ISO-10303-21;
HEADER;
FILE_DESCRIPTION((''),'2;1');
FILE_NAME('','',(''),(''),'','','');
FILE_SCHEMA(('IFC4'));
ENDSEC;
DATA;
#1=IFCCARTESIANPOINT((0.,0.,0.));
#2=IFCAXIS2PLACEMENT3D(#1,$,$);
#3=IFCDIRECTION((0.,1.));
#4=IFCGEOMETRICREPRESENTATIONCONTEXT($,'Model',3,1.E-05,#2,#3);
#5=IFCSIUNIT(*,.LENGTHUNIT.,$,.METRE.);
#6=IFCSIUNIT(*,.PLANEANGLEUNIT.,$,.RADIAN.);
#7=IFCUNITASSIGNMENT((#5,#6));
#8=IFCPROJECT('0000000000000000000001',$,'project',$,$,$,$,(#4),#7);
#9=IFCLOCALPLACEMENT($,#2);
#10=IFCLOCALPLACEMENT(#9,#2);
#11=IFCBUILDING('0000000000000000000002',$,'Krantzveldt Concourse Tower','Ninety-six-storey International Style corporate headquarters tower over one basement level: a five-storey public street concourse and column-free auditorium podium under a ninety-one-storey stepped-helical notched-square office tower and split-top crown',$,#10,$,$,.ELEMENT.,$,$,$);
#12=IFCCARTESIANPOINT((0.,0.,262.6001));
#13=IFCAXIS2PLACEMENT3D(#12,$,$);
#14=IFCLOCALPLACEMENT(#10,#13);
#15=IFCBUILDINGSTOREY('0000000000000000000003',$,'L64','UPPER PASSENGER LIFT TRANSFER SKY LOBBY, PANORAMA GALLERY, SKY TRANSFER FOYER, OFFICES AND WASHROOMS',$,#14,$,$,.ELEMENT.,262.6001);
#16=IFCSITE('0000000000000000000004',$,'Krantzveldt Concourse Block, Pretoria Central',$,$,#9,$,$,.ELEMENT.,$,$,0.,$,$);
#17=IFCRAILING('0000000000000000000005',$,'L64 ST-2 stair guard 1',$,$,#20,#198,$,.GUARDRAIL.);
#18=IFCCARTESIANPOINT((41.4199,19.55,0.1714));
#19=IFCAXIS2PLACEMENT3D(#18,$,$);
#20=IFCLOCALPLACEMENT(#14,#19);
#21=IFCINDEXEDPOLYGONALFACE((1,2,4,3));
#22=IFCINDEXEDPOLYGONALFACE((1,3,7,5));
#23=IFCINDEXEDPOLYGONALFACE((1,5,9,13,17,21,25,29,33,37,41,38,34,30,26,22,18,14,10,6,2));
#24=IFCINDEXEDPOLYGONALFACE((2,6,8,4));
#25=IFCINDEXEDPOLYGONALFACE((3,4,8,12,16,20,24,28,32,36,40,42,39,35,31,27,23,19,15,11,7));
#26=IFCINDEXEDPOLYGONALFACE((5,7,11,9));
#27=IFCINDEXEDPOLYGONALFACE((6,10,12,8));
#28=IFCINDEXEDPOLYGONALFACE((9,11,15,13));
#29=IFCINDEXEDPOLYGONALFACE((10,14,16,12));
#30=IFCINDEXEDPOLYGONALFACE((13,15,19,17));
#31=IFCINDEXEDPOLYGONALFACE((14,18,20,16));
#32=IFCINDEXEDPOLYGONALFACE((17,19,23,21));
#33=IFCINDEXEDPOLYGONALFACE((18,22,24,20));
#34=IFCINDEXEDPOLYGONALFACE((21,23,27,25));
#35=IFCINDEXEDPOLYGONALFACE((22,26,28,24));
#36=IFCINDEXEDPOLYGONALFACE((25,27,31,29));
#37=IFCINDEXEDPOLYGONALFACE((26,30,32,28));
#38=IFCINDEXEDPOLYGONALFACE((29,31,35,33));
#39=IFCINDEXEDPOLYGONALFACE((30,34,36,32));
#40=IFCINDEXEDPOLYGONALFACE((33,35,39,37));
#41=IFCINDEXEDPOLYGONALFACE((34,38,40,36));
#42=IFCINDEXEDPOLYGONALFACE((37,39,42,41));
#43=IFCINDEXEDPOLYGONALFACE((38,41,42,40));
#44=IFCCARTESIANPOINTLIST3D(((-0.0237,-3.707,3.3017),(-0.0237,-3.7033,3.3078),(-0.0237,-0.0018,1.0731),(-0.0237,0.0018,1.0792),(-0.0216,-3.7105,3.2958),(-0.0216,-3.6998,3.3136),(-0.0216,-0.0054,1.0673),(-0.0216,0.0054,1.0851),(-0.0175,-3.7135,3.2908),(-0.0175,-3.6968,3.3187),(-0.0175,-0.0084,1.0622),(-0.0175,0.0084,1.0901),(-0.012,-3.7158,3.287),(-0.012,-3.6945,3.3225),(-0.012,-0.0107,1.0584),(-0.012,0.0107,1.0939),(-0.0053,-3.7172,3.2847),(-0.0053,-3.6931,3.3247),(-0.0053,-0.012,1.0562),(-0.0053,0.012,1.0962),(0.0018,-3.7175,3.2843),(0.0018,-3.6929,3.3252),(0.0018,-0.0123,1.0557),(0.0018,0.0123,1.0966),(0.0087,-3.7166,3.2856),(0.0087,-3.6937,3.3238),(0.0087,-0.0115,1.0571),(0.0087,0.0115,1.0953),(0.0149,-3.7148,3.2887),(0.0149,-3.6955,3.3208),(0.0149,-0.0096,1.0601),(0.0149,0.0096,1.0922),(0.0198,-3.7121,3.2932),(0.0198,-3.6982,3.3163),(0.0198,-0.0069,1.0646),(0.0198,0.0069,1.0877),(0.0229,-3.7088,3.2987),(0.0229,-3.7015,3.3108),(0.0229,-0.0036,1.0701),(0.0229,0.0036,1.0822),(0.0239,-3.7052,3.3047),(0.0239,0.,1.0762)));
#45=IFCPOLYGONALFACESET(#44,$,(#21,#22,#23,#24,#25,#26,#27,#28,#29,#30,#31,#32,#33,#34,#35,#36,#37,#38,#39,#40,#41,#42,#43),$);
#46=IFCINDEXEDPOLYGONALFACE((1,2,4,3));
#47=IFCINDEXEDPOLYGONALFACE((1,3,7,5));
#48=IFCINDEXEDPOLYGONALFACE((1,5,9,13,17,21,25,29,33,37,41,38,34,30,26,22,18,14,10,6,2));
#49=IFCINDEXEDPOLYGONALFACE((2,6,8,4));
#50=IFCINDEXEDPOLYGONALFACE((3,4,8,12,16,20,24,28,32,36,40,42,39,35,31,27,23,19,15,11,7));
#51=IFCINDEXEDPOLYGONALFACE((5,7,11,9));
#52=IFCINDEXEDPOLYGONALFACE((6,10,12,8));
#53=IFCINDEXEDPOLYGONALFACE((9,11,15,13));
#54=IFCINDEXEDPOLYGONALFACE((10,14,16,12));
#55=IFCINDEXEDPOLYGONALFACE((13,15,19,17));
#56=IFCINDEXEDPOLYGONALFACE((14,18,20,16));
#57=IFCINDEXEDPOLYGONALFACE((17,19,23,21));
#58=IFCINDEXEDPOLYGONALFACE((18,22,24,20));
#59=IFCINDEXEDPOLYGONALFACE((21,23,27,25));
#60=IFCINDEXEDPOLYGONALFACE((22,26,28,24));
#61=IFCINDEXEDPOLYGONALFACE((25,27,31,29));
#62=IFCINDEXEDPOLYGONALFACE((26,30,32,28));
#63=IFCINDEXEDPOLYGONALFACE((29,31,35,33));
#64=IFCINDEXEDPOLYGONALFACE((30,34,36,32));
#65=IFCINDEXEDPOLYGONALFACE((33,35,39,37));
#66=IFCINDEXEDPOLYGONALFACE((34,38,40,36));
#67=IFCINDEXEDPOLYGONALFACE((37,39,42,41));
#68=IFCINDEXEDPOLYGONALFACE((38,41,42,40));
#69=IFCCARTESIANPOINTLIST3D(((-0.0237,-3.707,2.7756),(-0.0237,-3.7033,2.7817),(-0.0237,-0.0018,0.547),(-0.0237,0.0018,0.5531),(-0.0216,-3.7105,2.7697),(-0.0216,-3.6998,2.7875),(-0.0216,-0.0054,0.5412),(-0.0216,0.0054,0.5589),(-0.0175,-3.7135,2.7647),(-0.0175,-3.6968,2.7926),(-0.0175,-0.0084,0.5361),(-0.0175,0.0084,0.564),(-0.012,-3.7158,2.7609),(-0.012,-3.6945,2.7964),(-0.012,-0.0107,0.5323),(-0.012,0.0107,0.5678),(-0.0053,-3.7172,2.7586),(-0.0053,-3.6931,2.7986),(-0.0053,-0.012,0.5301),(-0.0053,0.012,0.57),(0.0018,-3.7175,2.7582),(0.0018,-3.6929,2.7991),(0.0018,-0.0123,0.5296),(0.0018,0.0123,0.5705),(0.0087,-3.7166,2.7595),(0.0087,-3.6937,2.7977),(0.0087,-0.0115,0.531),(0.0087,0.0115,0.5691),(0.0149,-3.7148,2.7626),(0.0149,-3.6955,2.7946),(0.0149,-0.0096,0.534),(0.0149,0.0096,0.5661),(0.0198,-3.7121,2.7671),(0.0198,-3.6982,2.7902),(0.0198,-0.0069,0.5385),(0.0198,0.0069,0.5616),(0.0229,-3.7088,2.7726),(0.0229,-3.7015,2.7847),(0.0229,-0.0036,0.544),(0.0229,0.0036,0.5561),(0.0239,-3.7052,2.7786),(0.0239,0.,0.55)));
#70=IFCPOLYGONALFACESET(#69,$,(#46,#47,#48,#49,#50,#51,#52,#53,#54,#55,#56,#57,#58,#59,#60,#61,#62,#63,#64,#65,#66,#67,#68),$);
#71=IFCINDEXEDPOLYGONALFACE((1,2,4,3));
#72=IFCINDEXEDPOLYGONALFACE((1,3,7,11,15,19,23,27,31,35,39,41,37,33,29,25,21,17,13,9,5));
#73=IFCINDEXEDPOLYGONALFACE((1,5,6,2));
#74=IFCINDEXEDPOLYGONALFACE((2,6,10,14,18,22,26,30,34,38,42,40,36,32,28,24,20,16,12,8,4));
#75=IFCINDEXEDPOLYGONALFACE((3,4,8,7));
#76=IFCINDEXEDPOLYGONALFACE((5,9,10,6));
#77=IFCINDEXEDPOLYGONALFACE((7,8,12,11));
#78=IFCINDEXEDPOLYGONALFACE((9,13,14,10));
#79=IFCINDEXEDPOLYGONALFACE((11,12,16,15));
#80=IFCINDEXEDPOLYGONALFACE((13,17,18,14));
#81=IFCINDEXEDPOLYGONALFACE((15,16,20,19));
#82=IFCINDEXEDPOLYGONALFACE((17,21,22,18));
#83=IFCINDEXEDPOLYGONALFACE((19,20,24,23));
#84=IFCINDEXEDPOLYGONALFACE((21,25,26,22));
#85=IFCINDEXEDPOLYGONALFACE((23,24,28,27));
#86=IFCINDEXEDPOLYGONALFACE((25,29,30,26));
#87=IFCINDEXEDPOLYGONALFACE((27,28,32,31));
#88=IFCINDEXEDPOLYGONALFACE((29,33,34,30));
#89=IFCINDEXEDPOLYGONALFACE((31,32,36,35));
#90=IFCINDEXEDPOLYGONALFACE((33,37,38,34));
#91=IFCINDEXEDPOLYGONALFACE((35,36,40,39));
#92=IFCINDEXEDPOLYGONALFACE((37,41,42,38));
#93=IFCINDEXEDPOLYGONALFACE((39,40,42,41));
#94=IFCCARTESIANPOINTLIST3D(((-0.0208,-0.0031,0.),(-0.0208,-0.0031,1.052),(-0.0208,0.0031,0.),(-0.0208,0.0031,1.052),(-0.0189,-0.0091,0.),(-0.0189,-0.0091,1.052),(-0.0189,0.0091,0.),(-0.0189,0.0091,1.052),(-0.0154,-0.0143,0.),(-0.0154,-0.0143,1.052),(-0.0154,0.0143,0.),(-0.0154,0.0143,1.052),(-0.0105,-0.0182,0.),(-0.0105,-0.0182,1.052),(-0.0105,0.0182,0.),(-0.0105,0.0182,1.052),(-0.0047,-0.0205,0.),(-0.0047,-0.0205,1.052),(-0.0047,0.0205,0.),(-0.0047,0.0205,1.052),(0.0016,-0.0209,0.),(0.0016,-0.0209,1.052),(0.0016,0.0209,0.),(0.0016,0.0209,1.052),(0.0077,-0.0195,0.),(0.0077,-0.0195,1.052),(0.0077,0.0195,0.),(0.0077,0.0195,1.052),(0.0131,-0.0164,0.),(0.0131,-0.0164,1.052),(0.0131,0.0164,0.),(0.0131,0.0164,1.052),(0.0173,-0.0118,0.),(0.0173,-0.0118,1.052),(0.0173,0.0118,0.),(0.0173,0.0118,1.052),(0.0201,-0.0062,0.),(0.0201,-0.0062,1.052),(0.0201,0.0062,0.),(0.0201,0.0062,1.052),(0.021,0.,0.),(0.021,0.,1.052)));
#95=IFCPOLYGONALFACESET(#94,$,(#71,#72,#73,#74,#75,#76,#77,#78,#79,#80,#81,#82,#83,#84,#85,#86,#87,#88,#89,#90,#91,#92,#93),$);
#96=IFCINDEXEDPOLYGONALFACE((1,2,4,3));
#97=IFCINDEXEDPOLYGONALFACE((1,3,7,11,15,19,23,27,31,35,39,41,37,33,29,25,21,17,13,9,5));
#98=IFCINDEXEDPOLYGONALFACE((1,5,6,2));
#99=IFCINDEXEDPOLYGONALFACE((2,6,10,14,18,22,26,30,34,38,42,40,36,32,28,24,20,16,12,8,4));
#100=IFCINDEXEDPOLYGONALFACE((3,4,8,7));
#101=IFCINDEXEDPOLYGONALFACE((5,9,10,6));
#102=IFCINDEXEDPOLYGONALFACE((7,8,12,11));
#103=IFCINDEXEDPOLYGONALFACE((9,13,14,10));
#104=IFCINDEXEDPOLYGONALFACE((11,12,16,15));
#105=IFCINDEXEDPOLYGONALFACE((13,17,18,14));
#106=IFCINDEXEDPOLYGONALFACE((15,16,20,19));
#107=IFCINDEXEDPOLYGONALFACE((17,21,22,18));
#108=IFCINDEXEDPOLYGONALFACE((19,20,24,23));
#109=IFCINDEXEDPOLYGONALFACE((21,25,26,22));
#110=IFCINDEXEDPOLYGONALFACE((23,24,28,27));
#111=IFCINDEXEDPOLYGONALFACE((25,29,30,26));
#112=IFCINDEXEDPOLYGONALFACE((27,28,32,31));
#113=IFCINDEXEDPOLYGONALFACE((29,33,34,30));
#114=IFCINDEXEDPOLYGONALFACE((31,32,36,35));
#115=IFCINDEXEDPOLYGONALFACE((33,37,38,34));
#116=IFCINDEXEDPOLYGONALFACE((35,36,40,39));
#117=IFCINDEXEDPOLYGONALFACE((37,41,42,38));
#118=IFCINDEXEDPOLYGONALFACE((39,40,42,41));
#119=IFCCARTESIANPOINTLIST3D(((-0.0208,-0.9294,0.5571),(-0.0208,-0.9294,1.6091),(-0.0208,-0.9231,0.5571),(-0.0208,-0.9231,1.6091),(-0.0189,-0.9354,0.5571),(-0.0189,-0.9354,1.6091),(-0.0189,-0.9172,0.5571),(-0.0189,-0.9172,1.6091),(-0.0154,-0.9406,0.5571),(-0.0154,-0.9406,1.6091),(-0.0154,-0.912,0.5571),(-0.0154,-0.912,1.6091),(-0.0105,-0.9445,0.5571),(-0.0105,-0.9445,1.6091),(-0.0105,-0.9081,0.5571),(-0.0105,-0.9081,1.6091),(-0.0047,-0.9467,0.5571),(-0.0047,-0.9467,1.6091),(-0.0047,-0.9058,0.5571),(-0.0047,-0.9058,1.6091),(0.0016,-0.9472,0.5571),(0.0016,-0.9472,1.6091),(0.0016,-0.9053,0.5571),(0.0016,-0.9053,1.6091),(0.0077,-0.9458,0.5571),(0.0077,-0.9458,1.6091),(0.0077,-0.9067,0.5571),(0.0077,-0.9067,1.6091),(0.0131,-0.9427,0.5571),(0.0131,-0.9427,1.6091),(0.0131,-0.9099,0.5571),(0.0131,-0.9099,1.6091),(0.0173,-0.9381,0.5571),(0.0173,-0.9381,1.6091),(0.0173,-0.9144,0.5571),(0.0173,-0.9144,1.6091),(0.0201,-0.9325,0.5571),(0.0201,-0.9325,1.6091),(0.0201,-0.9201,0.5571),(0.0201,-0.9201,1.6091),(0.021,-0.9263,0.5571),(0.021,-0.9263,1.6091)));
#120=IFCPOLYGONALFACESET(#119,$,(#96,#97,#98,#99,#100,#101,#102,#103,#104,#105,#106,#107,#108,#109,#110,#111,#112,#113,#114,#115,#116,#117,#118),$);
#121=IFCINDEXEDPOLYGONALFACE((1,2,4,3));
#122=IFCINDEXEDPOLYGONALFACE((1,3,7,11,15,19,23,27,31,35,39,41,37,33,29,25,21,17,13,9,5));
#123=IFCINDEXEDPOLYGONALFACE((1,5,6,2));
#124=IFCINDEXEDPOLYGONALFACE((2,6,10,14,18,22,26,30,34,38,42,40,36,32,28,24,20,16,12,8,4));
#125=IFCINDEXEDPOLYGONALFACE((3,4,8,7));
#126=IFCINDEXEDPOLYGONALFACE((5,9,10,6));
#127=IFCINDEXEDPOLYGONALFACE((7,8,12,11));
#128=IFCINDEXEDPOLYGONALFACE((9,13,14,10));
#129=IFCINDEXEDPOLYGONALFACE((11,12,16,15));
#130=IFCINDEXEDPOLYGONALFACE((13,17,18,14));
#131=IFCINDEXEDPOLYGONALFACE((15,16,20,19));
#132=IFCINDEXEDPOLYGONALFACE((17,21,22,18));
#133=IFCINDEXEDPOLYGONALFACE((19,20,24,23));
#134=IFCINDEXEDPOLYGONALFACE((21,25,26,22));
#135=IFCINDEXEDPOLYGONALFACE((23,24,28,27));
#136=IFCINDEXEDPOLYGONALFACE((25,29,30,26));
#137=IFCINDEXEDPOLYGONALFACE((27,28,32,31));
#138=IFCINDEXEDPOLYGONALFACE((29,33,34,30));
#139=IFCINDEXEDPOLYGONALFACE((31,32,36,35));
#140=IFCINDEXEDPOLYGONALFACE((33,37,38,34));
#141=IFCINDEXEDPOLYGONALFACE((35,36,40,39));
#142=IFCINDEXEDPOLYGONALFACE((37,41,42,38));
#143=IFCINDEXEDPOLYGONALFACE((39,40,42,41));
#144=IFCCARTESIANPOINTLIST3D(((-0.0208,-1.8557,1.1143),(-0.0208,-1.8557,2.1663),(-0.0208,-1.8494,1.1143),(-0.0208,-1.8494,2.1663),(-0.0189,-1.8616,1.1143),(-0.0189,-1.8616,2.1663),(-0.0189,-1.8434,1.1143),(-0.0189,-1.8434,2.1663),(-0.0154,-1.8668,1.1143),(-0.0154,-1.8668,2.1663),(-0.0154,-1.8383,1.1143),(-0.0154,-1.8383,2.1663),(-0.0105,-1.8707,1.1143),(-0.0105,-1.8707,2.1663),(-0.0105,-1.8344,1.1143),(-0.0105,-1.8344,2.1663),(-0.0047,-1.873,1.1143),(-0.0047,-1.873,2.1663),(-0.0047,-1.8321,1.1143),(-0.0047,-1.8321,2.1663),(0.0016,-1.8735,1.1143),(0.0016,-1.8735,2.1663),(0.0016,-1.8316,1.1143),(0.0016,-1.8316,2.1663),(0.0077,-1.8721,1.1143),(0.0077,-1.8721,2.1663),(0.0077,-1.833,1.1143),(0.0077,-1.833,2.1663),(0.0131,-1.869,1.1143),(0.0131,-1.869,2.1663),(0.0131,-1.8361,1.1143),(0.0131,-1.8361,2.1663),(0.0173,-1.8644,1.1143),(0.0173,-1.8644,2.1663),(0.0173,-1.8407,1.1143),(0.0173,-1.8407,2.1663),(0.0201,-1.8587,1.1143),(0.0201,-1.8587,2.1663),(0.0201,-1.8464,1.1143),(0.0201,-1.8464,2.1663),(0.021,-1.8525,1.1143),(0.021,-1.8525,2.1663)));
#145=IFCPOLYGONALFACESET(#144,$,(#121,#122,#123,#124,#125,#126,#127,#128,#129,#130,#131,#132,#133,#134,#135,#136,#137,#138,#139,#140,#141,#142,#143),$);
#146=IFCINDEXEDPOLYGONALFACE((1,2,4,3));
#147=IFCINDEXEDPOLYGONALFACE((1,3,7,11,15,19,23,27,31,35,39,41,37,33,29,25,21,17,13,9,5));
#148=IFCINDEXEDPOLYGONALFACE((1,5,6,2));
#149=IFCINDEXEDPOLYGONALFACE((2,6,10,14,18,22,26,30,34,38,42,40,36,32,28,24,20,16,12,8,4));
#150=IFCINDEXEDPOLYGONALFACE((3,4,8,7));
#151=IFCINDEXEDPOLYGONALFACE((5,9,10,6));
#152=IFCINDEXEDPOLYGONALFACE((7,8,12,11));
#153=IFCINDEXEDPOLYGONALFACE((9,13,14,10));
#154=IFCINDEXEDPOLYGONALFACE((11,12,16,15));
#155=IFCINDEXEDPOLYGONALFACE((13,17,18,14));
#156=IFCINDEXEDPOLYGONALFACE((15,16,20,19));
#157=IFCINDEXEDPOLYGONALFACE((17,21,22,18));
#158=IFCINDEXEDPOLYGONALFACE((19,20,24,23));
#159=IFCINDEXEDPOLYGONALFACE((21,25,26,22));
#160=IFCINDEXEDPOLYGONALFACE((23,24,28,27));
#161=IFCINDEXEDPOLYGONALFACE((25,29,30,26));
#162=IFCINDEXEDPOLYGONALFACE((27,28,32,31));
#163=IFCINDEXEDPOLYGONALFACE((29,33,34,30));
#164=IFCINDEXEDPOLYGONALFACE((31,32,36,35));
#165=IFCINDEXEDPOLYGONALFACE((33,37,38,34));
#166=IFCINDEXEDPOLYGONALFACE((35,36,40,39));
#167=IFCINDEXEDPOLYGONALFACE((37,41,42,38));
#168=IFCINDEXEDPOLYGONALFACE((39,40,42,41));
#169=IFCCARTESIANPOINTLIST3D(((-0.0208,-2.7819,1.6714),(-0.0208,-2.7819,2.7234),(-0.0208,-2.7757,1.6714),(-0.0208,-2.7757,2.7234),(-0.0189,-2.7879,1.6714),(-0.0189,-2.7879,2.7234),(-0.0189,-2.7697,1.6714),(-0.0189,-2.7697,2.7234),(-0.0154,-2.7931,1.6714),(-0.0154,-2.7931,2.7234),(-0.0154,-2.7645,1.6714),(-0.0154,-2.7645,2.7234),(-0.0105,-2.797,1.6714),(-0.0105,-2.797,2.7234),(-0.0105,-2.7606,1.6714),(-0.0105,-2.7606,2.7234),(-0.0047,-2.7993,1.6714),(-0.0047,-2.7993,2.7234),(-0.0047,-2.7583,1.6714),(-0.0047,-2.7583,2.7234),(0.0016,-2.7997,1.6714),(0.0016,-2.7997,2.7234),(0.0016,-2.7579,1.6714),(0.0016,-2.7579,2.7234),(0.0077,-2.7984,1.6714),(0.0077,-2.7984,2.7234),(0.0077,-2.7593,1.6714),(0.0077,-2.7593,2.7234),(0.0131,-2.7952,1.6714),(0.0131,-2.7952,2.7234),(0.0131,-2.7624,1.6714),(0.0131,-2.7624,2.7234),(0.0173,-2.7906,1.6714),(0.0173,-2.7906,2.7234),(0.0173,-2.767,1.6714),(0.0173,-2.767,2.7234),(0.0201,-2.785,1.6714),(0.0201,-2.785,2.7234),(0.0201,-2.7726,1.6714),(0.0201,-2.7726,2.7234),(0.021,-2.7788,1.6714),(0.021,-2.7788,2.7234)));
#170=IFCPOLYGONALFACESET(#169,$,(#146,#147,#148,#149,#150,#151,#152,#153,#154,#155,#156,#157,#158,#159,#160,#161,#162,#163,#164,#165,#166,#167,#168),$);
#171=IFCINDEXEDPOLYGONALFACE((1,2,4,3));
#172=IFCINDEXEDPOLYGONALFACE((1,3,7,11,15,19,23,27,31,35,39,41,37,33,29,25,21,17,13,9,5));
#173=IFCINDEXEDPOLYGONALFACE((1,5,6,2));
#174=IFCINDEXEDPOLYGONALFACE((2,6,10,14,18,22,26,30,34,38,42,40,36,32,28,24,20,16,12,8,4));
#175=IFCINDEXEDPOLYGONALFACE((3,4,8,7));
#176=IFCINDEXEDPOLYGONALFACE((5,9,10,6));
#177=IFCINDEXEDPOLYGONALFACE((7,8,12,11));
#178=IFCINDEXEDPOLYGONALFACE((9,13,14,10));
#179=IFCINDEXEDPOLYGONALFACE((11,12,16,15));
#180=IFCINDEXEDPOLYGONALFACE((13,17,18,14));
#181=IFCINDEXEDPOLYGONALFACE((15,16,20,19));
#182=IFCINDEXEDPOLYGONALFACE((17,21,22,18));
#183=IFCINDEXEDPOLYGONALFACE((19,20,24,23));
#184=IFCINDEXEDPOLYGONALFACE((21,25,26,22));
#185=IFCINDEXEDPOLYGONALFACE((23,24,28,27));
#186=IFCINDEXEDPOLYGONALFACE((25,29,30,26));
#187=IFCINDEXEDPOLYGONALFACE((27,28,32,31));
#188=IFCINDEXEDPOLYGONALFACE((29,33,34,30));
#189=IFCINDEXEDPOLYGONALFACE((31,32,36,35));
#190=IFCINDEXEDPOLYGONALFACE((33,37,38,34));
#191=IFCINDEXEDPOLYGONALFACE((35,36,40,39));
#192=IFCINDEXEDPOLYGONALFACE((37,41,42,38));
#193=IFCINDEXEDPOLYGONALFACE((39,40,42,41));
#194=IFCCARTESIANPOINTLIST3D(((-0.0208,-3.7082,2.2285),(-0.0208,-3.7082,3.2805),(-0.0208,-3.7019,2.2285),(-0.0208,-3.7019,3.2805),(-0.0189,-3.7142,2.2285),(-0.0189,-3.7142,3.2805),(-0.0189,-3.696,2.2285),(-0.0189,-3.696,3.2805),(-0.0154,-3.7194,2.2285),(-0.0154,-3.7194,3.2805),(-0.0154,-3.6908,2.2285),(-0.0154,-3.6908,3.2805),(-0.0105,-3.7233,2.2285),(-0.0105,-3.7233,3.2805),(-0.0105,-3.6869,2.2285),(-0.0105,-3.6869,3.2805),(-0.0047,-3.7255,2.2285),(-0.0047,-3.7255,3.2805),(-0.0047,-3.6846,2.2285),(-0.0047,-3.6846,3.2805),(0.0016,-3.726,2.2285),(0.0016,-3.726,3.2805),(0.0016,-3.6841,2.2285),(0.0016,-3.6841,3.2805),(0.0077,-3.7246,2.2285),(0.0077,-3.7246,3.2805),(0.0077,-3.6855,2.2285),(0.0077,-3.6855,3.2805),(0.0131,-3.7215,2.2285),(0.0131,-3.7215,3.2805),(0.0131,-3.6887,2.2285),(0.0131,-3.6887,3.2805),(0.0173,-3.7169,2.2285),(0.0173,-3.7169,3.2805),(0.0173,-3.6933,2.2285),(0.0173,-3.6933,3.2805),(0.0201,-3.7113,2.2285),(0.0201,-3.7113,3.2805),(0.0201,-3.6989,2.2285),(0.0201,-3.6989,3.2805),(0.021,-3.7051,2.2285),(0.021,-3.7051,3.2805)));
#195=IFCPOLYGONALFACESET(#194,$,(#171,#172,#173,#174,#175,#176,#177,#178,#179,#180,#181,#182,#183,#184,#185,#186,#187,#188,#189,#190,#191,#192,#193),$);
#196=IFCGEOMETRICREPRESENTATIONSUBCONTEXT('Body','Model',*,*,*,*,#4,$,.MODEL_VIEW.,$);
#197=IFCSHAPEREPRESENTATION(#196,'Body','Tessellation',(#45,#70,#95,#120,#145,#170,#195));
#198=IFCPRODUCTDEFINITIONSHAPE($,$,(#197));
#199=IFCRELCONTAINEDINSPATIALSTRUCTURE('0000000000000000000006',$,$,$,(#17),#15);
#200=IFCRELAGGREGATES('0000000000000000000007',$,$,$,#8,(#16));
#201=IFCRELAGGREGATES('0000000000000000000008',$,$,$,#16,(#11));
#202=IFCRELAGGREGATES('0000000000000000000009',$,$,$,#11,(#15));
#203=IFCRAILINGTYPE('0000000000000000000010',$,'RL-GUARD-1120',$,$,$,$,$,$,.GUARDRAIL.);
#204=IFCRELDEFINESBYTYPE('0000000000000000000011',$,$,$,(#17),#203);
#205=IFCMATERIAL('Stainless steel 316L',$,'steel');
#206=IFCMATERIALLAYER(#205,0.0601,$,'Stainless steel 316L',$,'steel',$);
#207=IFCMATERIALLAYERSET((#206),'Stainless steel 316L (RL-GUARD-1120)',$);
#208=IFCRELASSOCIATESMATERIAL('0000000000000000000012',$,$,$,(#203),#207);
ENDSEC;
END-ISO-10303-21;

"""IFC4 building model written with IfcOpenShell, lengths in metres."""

from ifc_helpers import new_model, si_unit, direction, frame, origin, origin_2d, place, context, subcontext, project, spatial, circle, extrude, material, layer, layer_set, type_object, element, save


model = new_model("IFC4")

# Units and contexts
model_context = context("Model", 3, precision=1e-05, world=origin(), true_north=direction((0.0, 1.0)))
body_context = subcontext(model_context, "Body", "Model", "MODEL_VIEW")
ifc_project = project(units=[si_unit("LENGTHUNIT", "METRE"), si_unit("PLANEANGLEUNIT", "RADIAN")], contexts=[model_context])

# Site, building, storey
site_placement = place(None, origin())
site = spatial("IfcSite", under=ifc_project, at=site_placement, Name="Krantzveldt Concourse Block, Pretoria Central", CompositionType="ELEMENT", RefElevation=0.0)
building_placement = place(site_placement, origin())
building = spatial("IfcBuilding", under=site, at=building_placement, Name="Krantzveldt Concourse Tower", Description="Ninety-six-storey International Style corporate headquarters tower over one basement level: a five-storey public street concourse and column-free auditorium podium under a ninety-one-storey stepped-helical notched-square office tower and split-top crown", CompositionType="ELEMENT")
storey_placement = place(building_placement, frame((0.0, 0.0, 262.6001)))
storey = spatial("IfcBuildingStorey", under=building, at=storey_placement, Name="L64", Description="UPPER PASSENGER LIFT TRANSFER SKY LOBBY, PANORAMA GALLERY, SKY TRANSFER FOYER, OFFICES AND WASHROOMS", CompositionType="ELEMENT", Elevation=262.6001)

# Shared definitions
ifc_material_1 = material(Name="Stainless steel 316L", Category="steel")

# Railing
ifc_layer_1 = layer(ifc_material_1, 0.0601, Name="Stainless steel 316L", Category="steel")
ifc_layer_set_1 = layer_set([ifc_layer_1], Name="Stainless steel 316L (RL-GUARD-1120)")
railing_type_1 = type_object("IfcRailingType", Name="RL-GUARD-1120", PredefinedType="GUARDRAIL", material=ifc_layer_set_1)
railing_1_placement = place(storey_placement, frame((41.4199, 19.55, 0.1714)))
element("IfcRailing", 1, at=railing_1_placement, inside=storey, type_object=railing_type_1, Name="L64 ST-2 stair guard 1", PredefinedType="GUARDRAIL", context=body_context, shape_type="SweptSolid", body=[
    extrude(circle(Radius=0.0239, at=origin_2d()), frame((0.0, 0.0, 1.0762), z_axis=(0.0, -0.856934, 0.515425), x_axis=(1.0, 0.0, 0.0)), (0.0, 0.0, 1.0), 4.3237),
    extrude(circle(Radius=0.0239, at=origin_2d()), frame((0.0, 0.0, 0.55), z_axis=(0.0, -0.856934, 0.515425), x_axis=(1.0, 0.0, 0.0)), (0.0, 0.0, 1.0), 4.3237),
    extrude(circle(Radius=0.021, at=origin_2d()), origin(), (0.0, 0.0, 1.0), 1.052),
    extrude(circle(Radius=0.021, at=origin_2d()), frame((0.0, -0.9263, 0.5571)), (0.0, 0.0, 1.0), 1.052),
    extrude(circle(Radius=0.021, at=origin_2d()), frame((0.0, -1.8525, 1.1143)), (0.0, 0.0, 1.0), 1.052),
    extrude(circle(Radius=0.021, at=origin_2d()), frame((0.0, -2.7788, 1.6714)), (0.0, 0.0, 1.0), 1.052),
    extrude(circle(Radius=0.021, at=origin_2d()), frame((0.0, -3.7051, 2.2285)), (0.0, 0.0, 1.0), 1.052),
])

save(model, "model.ifc")
